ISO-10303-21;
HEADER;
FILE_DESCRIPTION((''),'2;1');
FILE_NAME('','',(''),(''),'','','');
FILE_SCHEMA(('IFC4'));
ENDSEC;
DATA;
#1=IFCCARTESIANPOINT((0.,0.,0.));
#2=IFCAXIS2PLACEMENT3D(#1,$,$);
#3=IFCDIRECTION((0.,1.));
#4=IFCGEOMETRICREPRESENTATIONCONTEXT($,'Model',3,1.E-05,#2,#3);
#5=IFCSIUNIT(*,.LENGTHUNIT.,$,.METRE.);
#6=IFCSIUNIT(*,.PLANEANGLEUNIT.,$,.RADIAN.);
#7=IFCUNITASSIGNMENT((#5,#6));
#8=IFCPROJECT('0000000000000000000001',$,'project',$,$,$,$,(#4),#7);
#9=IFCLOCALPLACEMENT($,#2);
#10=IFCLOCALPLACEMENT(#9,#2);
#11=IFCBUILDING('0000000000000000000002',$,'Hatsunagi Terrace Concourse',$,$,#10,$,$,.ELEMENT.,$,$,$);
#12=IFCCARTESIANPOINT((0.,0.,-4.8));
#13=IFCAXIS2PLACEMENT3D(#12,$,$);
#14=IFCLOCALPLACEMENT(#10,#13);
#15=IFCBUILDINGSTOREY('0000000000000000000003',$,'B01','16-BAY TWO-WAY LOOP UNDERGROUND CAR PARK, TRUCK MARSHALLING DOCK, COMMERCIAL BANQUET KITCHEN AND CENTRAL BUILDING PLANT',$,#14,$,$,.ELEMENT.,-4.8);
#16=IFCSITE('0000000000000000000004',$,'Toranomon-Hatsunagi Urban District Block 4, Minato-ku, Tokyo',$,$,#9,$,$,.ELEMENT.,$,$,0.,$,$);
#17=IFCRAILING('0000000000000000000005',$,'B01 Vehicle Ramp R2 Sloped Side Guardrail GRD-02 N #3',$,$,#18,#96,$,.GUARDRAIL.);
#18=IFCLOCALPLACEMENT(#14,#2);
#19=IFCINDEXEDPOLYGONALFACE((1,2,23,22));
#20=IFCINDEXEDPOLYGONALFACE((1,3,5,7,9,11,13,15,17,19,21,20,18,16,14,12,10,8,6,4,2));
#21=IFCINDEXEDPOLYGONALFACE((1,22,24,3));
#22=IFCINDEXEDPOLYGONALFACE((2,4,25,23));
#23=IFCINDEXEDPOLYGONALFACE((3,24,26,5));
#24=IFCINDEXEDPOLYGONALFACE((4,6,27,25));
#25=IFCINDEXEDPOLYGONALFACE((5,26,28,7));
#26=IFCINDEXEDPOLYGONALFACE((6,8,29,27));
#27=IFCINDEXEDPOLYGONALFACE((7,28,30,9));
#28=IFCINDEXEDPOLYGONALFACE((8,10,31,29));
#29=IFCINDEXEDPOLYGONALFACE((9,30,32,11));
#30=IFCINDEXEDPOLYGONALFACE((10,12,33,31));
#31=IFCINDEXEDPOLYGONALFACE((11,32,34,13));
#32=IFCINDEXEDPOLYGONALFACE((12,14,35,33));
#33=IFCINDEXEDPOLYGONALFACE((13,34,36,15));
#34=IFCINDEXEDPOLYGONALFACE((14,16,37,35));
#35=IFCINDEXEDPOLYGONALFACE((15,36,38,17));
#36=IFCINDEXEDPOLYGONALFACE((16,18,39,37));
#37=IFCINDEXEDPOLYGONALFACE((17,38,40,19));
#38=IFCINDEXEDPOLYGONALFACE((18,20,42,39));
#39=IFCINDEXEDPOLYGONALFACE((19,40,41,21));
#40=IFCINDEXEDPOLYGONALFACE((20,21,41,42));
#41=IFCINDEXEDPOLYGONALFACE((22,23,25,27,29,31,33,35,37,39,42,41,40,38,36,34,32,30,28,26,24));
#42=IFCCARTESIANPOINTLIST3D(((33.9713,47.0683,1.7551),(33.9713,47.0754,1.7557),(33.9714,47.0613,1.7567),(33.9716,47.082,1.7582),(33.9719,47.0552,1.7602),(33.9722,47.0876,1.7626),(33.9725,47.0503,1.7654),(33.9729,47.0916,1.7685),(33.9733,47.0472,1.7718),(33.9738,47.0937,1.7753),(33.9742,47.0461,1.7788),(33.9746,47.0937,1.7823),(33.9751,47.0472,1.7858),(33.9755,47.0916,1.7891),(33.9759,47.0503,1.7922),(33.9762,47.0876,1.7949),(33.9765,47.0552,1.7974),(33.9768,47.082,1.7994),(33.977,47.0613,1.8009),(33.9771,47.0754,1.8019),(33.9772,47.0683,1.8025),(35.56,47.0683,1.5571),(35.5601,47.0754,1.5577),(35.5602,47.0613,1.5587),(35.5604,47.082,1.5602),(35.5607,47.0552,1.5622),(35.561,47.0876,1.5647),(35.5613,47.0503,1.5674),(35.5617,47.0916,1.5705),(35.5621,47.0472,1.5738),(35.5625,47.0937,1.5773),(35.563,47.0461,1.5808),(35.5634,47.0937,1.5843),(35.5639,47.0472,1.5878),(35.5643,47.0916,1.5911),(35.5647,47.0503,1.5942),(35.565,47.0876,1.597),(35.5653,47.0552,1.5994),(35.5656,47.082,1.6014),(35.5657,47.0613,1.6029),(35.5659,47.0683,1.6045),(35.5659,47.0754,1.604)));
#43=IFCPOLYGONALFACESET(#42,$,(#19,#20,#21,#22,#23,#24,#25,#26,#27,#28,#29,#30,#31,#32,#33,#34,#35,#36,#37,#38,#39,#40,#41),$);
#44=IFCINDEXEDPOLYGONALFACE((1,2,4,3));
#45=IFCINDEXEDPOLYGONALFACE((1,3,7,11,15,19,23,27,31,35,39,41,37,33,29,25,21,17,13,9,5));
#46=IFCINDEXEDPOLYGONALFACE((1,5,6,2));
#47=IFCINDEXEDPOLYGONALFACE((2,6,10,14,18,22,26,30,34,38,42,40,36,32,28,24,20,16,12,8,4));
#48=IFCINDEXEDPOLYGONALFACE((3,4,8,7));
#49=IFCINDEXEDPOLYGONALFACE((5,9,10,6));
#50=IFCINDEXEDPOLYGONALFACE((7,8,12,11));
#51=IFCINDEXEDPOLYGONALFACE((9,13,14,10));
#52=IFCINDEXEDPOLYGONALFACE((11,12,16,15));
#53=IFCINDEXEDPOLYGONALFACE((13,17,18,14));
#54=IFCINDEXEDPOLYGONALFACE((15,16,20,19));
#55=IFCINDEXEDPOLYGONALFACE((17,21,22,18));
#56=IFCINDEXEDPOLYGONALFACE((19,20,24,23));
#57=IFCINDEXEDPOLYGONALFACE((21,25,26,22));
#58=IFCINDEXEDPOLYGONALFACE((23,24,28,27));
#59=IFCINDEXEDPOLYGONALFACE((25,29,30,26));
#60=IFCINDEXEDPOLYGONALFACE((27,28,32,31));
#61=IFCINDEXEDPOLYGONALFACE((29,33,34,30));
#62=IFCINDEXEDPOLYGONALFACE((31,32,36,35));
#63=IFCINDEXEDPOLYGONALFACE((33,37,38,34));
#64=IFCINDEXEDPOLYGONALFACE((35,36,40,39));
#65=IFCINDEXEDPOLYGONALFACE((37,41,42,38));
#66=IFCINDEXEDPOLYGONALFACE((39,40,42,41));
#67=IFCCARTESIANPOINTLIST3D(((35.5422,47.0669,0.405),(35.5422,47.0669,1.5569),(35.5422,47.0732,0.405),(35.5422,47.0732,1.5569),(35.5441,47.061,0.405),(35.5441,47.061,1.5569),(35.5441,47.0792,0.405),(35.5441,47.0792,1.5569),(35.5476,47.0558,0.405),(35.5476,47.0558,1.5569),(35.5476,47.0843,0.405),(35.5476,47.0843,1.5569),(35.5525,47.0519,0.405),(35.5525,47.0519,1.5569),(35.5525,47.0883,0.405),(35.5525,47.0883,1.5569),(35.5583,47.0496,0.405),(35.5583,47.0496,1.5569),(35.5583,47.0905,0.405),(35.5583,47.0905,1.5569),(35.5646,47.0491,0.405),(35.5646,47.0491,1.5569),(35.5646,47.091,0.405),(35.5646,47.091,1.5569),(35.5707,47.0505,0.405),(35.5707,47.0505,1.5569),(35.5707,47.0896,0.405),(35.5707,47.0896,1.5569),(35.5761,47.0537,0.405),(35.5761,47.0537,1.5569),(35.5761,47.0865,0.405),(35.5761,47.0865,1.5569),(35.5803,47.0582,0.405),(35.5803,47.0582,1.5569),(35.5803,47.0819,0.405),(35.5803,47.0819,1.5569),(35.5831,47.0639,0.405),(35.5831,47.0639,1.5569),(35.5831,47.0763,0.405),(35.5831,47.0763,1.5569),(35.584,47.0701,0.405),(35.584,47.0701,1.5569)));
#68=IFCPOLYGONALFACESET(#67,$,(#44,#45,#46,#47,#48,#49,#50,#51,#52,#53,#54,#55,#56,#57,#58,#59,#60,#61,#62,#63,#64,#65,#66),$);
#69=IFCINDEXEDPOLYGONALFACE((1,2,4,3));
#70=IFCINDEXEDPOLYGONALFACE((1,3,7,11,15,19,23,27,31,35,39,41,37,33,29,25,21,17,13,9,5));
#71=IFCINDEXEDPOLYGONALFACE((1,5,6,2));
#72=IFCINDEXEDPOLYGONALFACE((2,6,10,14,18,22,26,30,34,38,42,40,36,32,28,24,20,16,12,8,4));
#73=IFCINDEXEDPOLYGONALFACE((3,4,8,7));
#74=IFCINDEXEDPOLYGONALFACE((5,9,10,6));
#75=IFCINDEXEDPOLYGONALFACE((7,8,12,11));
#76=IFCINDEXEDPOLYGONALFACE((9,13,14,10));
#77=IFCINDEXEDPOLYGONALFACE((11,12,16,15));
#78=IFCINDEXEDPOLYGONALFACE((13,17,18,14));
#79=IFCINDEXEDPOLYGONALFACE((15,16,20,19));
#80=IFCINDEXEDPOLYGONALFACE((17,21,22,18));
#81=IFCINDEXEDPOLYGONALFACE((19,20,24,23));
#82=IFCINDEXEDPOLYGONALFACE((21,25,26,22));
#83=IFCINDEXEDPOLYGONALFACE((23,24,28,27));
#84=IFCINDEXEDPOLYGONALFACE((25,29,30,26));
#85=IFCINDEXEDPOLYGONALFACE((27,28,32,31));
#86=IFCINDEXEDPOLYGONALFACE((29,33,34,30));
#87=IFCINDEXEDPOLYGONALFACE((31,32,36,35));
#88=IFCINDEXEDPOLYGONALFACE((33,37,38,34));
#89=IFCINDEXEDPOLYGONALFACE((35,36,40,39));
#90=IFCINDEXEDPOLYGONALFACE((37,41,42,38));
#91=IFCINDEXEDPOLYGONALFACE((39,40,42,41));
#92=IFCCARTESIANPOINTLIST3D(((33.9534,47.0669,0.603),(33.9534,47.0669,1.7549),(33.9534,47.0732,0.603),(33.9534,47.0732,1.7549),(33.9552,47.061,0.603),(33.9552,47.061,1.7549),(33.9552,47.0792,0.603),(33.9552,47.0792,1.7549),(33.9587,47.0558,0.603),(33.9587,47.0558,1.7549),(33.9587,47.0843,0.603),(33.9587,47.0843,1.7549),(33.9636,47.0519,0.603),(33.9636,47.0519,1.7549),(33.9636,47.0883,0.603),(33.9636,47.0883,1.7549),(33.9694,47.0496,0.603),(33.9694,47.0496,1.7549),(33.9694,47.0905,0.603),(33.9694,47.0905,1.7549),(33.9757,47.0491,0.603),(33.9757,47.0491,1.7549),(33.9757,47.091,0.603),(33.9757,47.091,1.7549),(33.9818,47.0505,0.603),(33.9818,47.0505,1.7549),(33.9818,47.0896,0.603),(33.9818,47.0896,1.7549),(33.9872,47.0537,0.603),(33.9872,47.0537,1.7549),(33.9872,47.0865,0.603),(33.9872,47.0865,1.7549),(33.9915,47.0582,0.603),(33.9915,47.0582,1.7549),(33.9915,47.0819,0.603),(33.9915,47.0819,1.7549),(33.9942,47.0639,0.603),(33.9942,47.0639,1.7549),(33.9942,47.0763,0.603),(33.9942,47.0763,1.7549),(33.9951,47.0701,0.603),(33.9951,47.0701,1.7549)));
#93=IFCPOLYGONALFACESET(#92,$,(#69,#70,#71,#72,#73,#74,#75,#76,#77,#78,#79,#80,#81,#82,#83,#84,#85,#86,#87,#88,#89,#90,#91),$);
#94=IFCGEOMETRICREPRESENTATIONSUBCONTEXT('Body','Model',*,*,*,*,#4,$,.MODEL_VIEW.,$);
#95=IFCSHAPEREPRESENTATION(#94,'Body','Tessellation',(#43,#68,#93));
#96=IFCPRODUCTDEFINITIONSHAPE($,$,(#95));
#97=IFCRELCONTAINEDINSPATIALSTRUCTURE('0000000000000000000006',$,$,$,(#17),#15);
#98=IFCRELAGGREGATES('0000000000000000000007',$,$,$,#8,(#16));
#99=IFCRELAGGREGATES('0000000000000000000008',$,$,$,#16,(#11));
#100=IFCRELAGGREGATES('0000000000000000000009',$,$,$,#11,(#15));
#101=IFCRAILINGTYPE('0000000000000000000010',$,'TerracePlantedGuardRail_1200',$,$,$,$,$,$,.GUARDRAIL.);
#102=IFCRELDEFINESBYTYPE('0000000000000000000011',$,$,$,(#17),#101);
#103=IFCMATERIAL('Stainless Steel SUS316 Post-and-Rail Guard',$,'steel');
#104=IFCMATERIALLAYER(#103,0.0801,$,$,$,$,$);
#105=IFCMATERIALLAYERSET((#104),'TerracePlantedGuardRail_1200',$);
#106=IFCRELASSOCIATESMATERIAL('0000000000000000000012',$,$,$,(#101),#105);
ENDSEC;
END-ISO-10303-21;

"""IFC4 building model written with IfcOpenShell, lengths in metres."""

from ifc_helpers import new_model, si_unit, direction, frame, origin, origin_2d, place, context, subcontext, project, spatial, circle, extrude, material, layer, layer_set, type_object, element, save


model = new_model("IFC4")

# Units and contexts
model_context = context("Model", 3, precision=1e-05, world=origin(), true_north=direction((0.0, 1.0)))
body_context = subcontext(model_context, "Body", "Model", "MODEL_VIEW")
ifc_project = project(units=[si_unit("LENGTHUNIT", "METRE"), si_unit("PLANEANGLEUNIT", "RADIAN")], contexts=[model_context])

# Site, building, storey
site_placement = place(None, origin())
site = spatial("IfcSite", under=ifc_project, at=site_placement, Name="Toranomon-Hatsunagi Urban District Block 4, Minato-ku, Tokyo", CompositionType="ELEMENT", RefElevation=0.0)
building_placement = place(site_placement, origin())
building = spatial("IfcBuilding", under=site, at=building_placement, Name="Hatsunagi Terrace Concourse", CompositionType="ELEMENT")
storey_placement = place(building_placement, frame((0.0, 0.0, -4.8)))
storey = spatial("IfcBuildingStorey", under=building, at=storey_placement, Name="B01", Description="16-BAY TWO-WAY LOOP UNDERGROUND CAR PARK, TRUCK MARSHALLING DOCK, COMMERCIAL BANQUET KITCHEN AND CENTRAL BUILDING PLANT", CompositionType="ELEMENT", Elevation=-4.8)

# Railing
ifc_material_1 = material(Name="Stainless Steel SUS316 Post-and-Rail Guard", Category="steel")
ifc_layer_1 = layer(ifc_material_1, 0.0801)
ifc_layer_set_1 = layer_set([ifc_layer_1], Name="TerracePlantedGuardRail_1200")
railing_type_1 = type_object("IfcRailingType", Name="TerracePlantedGuardRail_1200", PredefinedType="GUARDRAIL", material=ifc_layer_set_1)
railing_1_placement = place(storey_placement, frame((35.563, 47.0701, 0.405)))
element("IfcRailing", 1, at=railing_1_placement, inside=storey, type_object=railing_type_1, Name="B01 Vehicle Ramp R2 Sloped Side Guardrail GRD-02 N #3", PredefinedType="GUARDRAIL", context=body_context, shape_type="SweptSolid", body=[
    extrude(circle(Radius=0.0239, at=origin_2d()), frame((0.0, 0.0, 1.1758), z_axis=(-0.992325, 0.0, 0.123659), x_axis=(0.0, -1.0, 0.0)), (0.0, 0.0, 1.0), 1.6011),
    extrude(circle(Radius=0.021, at=origin_2d()), origin(), (0.0, 0.0, 1.0), 1.1519),
    extrude(circle(Radius=0.021, at=origin_2d()), frame((-1.5889, 0.0, 0.198)), (0.0, 0.0, 1.0), 1.1519),
])

save(model, "model.ifc")
